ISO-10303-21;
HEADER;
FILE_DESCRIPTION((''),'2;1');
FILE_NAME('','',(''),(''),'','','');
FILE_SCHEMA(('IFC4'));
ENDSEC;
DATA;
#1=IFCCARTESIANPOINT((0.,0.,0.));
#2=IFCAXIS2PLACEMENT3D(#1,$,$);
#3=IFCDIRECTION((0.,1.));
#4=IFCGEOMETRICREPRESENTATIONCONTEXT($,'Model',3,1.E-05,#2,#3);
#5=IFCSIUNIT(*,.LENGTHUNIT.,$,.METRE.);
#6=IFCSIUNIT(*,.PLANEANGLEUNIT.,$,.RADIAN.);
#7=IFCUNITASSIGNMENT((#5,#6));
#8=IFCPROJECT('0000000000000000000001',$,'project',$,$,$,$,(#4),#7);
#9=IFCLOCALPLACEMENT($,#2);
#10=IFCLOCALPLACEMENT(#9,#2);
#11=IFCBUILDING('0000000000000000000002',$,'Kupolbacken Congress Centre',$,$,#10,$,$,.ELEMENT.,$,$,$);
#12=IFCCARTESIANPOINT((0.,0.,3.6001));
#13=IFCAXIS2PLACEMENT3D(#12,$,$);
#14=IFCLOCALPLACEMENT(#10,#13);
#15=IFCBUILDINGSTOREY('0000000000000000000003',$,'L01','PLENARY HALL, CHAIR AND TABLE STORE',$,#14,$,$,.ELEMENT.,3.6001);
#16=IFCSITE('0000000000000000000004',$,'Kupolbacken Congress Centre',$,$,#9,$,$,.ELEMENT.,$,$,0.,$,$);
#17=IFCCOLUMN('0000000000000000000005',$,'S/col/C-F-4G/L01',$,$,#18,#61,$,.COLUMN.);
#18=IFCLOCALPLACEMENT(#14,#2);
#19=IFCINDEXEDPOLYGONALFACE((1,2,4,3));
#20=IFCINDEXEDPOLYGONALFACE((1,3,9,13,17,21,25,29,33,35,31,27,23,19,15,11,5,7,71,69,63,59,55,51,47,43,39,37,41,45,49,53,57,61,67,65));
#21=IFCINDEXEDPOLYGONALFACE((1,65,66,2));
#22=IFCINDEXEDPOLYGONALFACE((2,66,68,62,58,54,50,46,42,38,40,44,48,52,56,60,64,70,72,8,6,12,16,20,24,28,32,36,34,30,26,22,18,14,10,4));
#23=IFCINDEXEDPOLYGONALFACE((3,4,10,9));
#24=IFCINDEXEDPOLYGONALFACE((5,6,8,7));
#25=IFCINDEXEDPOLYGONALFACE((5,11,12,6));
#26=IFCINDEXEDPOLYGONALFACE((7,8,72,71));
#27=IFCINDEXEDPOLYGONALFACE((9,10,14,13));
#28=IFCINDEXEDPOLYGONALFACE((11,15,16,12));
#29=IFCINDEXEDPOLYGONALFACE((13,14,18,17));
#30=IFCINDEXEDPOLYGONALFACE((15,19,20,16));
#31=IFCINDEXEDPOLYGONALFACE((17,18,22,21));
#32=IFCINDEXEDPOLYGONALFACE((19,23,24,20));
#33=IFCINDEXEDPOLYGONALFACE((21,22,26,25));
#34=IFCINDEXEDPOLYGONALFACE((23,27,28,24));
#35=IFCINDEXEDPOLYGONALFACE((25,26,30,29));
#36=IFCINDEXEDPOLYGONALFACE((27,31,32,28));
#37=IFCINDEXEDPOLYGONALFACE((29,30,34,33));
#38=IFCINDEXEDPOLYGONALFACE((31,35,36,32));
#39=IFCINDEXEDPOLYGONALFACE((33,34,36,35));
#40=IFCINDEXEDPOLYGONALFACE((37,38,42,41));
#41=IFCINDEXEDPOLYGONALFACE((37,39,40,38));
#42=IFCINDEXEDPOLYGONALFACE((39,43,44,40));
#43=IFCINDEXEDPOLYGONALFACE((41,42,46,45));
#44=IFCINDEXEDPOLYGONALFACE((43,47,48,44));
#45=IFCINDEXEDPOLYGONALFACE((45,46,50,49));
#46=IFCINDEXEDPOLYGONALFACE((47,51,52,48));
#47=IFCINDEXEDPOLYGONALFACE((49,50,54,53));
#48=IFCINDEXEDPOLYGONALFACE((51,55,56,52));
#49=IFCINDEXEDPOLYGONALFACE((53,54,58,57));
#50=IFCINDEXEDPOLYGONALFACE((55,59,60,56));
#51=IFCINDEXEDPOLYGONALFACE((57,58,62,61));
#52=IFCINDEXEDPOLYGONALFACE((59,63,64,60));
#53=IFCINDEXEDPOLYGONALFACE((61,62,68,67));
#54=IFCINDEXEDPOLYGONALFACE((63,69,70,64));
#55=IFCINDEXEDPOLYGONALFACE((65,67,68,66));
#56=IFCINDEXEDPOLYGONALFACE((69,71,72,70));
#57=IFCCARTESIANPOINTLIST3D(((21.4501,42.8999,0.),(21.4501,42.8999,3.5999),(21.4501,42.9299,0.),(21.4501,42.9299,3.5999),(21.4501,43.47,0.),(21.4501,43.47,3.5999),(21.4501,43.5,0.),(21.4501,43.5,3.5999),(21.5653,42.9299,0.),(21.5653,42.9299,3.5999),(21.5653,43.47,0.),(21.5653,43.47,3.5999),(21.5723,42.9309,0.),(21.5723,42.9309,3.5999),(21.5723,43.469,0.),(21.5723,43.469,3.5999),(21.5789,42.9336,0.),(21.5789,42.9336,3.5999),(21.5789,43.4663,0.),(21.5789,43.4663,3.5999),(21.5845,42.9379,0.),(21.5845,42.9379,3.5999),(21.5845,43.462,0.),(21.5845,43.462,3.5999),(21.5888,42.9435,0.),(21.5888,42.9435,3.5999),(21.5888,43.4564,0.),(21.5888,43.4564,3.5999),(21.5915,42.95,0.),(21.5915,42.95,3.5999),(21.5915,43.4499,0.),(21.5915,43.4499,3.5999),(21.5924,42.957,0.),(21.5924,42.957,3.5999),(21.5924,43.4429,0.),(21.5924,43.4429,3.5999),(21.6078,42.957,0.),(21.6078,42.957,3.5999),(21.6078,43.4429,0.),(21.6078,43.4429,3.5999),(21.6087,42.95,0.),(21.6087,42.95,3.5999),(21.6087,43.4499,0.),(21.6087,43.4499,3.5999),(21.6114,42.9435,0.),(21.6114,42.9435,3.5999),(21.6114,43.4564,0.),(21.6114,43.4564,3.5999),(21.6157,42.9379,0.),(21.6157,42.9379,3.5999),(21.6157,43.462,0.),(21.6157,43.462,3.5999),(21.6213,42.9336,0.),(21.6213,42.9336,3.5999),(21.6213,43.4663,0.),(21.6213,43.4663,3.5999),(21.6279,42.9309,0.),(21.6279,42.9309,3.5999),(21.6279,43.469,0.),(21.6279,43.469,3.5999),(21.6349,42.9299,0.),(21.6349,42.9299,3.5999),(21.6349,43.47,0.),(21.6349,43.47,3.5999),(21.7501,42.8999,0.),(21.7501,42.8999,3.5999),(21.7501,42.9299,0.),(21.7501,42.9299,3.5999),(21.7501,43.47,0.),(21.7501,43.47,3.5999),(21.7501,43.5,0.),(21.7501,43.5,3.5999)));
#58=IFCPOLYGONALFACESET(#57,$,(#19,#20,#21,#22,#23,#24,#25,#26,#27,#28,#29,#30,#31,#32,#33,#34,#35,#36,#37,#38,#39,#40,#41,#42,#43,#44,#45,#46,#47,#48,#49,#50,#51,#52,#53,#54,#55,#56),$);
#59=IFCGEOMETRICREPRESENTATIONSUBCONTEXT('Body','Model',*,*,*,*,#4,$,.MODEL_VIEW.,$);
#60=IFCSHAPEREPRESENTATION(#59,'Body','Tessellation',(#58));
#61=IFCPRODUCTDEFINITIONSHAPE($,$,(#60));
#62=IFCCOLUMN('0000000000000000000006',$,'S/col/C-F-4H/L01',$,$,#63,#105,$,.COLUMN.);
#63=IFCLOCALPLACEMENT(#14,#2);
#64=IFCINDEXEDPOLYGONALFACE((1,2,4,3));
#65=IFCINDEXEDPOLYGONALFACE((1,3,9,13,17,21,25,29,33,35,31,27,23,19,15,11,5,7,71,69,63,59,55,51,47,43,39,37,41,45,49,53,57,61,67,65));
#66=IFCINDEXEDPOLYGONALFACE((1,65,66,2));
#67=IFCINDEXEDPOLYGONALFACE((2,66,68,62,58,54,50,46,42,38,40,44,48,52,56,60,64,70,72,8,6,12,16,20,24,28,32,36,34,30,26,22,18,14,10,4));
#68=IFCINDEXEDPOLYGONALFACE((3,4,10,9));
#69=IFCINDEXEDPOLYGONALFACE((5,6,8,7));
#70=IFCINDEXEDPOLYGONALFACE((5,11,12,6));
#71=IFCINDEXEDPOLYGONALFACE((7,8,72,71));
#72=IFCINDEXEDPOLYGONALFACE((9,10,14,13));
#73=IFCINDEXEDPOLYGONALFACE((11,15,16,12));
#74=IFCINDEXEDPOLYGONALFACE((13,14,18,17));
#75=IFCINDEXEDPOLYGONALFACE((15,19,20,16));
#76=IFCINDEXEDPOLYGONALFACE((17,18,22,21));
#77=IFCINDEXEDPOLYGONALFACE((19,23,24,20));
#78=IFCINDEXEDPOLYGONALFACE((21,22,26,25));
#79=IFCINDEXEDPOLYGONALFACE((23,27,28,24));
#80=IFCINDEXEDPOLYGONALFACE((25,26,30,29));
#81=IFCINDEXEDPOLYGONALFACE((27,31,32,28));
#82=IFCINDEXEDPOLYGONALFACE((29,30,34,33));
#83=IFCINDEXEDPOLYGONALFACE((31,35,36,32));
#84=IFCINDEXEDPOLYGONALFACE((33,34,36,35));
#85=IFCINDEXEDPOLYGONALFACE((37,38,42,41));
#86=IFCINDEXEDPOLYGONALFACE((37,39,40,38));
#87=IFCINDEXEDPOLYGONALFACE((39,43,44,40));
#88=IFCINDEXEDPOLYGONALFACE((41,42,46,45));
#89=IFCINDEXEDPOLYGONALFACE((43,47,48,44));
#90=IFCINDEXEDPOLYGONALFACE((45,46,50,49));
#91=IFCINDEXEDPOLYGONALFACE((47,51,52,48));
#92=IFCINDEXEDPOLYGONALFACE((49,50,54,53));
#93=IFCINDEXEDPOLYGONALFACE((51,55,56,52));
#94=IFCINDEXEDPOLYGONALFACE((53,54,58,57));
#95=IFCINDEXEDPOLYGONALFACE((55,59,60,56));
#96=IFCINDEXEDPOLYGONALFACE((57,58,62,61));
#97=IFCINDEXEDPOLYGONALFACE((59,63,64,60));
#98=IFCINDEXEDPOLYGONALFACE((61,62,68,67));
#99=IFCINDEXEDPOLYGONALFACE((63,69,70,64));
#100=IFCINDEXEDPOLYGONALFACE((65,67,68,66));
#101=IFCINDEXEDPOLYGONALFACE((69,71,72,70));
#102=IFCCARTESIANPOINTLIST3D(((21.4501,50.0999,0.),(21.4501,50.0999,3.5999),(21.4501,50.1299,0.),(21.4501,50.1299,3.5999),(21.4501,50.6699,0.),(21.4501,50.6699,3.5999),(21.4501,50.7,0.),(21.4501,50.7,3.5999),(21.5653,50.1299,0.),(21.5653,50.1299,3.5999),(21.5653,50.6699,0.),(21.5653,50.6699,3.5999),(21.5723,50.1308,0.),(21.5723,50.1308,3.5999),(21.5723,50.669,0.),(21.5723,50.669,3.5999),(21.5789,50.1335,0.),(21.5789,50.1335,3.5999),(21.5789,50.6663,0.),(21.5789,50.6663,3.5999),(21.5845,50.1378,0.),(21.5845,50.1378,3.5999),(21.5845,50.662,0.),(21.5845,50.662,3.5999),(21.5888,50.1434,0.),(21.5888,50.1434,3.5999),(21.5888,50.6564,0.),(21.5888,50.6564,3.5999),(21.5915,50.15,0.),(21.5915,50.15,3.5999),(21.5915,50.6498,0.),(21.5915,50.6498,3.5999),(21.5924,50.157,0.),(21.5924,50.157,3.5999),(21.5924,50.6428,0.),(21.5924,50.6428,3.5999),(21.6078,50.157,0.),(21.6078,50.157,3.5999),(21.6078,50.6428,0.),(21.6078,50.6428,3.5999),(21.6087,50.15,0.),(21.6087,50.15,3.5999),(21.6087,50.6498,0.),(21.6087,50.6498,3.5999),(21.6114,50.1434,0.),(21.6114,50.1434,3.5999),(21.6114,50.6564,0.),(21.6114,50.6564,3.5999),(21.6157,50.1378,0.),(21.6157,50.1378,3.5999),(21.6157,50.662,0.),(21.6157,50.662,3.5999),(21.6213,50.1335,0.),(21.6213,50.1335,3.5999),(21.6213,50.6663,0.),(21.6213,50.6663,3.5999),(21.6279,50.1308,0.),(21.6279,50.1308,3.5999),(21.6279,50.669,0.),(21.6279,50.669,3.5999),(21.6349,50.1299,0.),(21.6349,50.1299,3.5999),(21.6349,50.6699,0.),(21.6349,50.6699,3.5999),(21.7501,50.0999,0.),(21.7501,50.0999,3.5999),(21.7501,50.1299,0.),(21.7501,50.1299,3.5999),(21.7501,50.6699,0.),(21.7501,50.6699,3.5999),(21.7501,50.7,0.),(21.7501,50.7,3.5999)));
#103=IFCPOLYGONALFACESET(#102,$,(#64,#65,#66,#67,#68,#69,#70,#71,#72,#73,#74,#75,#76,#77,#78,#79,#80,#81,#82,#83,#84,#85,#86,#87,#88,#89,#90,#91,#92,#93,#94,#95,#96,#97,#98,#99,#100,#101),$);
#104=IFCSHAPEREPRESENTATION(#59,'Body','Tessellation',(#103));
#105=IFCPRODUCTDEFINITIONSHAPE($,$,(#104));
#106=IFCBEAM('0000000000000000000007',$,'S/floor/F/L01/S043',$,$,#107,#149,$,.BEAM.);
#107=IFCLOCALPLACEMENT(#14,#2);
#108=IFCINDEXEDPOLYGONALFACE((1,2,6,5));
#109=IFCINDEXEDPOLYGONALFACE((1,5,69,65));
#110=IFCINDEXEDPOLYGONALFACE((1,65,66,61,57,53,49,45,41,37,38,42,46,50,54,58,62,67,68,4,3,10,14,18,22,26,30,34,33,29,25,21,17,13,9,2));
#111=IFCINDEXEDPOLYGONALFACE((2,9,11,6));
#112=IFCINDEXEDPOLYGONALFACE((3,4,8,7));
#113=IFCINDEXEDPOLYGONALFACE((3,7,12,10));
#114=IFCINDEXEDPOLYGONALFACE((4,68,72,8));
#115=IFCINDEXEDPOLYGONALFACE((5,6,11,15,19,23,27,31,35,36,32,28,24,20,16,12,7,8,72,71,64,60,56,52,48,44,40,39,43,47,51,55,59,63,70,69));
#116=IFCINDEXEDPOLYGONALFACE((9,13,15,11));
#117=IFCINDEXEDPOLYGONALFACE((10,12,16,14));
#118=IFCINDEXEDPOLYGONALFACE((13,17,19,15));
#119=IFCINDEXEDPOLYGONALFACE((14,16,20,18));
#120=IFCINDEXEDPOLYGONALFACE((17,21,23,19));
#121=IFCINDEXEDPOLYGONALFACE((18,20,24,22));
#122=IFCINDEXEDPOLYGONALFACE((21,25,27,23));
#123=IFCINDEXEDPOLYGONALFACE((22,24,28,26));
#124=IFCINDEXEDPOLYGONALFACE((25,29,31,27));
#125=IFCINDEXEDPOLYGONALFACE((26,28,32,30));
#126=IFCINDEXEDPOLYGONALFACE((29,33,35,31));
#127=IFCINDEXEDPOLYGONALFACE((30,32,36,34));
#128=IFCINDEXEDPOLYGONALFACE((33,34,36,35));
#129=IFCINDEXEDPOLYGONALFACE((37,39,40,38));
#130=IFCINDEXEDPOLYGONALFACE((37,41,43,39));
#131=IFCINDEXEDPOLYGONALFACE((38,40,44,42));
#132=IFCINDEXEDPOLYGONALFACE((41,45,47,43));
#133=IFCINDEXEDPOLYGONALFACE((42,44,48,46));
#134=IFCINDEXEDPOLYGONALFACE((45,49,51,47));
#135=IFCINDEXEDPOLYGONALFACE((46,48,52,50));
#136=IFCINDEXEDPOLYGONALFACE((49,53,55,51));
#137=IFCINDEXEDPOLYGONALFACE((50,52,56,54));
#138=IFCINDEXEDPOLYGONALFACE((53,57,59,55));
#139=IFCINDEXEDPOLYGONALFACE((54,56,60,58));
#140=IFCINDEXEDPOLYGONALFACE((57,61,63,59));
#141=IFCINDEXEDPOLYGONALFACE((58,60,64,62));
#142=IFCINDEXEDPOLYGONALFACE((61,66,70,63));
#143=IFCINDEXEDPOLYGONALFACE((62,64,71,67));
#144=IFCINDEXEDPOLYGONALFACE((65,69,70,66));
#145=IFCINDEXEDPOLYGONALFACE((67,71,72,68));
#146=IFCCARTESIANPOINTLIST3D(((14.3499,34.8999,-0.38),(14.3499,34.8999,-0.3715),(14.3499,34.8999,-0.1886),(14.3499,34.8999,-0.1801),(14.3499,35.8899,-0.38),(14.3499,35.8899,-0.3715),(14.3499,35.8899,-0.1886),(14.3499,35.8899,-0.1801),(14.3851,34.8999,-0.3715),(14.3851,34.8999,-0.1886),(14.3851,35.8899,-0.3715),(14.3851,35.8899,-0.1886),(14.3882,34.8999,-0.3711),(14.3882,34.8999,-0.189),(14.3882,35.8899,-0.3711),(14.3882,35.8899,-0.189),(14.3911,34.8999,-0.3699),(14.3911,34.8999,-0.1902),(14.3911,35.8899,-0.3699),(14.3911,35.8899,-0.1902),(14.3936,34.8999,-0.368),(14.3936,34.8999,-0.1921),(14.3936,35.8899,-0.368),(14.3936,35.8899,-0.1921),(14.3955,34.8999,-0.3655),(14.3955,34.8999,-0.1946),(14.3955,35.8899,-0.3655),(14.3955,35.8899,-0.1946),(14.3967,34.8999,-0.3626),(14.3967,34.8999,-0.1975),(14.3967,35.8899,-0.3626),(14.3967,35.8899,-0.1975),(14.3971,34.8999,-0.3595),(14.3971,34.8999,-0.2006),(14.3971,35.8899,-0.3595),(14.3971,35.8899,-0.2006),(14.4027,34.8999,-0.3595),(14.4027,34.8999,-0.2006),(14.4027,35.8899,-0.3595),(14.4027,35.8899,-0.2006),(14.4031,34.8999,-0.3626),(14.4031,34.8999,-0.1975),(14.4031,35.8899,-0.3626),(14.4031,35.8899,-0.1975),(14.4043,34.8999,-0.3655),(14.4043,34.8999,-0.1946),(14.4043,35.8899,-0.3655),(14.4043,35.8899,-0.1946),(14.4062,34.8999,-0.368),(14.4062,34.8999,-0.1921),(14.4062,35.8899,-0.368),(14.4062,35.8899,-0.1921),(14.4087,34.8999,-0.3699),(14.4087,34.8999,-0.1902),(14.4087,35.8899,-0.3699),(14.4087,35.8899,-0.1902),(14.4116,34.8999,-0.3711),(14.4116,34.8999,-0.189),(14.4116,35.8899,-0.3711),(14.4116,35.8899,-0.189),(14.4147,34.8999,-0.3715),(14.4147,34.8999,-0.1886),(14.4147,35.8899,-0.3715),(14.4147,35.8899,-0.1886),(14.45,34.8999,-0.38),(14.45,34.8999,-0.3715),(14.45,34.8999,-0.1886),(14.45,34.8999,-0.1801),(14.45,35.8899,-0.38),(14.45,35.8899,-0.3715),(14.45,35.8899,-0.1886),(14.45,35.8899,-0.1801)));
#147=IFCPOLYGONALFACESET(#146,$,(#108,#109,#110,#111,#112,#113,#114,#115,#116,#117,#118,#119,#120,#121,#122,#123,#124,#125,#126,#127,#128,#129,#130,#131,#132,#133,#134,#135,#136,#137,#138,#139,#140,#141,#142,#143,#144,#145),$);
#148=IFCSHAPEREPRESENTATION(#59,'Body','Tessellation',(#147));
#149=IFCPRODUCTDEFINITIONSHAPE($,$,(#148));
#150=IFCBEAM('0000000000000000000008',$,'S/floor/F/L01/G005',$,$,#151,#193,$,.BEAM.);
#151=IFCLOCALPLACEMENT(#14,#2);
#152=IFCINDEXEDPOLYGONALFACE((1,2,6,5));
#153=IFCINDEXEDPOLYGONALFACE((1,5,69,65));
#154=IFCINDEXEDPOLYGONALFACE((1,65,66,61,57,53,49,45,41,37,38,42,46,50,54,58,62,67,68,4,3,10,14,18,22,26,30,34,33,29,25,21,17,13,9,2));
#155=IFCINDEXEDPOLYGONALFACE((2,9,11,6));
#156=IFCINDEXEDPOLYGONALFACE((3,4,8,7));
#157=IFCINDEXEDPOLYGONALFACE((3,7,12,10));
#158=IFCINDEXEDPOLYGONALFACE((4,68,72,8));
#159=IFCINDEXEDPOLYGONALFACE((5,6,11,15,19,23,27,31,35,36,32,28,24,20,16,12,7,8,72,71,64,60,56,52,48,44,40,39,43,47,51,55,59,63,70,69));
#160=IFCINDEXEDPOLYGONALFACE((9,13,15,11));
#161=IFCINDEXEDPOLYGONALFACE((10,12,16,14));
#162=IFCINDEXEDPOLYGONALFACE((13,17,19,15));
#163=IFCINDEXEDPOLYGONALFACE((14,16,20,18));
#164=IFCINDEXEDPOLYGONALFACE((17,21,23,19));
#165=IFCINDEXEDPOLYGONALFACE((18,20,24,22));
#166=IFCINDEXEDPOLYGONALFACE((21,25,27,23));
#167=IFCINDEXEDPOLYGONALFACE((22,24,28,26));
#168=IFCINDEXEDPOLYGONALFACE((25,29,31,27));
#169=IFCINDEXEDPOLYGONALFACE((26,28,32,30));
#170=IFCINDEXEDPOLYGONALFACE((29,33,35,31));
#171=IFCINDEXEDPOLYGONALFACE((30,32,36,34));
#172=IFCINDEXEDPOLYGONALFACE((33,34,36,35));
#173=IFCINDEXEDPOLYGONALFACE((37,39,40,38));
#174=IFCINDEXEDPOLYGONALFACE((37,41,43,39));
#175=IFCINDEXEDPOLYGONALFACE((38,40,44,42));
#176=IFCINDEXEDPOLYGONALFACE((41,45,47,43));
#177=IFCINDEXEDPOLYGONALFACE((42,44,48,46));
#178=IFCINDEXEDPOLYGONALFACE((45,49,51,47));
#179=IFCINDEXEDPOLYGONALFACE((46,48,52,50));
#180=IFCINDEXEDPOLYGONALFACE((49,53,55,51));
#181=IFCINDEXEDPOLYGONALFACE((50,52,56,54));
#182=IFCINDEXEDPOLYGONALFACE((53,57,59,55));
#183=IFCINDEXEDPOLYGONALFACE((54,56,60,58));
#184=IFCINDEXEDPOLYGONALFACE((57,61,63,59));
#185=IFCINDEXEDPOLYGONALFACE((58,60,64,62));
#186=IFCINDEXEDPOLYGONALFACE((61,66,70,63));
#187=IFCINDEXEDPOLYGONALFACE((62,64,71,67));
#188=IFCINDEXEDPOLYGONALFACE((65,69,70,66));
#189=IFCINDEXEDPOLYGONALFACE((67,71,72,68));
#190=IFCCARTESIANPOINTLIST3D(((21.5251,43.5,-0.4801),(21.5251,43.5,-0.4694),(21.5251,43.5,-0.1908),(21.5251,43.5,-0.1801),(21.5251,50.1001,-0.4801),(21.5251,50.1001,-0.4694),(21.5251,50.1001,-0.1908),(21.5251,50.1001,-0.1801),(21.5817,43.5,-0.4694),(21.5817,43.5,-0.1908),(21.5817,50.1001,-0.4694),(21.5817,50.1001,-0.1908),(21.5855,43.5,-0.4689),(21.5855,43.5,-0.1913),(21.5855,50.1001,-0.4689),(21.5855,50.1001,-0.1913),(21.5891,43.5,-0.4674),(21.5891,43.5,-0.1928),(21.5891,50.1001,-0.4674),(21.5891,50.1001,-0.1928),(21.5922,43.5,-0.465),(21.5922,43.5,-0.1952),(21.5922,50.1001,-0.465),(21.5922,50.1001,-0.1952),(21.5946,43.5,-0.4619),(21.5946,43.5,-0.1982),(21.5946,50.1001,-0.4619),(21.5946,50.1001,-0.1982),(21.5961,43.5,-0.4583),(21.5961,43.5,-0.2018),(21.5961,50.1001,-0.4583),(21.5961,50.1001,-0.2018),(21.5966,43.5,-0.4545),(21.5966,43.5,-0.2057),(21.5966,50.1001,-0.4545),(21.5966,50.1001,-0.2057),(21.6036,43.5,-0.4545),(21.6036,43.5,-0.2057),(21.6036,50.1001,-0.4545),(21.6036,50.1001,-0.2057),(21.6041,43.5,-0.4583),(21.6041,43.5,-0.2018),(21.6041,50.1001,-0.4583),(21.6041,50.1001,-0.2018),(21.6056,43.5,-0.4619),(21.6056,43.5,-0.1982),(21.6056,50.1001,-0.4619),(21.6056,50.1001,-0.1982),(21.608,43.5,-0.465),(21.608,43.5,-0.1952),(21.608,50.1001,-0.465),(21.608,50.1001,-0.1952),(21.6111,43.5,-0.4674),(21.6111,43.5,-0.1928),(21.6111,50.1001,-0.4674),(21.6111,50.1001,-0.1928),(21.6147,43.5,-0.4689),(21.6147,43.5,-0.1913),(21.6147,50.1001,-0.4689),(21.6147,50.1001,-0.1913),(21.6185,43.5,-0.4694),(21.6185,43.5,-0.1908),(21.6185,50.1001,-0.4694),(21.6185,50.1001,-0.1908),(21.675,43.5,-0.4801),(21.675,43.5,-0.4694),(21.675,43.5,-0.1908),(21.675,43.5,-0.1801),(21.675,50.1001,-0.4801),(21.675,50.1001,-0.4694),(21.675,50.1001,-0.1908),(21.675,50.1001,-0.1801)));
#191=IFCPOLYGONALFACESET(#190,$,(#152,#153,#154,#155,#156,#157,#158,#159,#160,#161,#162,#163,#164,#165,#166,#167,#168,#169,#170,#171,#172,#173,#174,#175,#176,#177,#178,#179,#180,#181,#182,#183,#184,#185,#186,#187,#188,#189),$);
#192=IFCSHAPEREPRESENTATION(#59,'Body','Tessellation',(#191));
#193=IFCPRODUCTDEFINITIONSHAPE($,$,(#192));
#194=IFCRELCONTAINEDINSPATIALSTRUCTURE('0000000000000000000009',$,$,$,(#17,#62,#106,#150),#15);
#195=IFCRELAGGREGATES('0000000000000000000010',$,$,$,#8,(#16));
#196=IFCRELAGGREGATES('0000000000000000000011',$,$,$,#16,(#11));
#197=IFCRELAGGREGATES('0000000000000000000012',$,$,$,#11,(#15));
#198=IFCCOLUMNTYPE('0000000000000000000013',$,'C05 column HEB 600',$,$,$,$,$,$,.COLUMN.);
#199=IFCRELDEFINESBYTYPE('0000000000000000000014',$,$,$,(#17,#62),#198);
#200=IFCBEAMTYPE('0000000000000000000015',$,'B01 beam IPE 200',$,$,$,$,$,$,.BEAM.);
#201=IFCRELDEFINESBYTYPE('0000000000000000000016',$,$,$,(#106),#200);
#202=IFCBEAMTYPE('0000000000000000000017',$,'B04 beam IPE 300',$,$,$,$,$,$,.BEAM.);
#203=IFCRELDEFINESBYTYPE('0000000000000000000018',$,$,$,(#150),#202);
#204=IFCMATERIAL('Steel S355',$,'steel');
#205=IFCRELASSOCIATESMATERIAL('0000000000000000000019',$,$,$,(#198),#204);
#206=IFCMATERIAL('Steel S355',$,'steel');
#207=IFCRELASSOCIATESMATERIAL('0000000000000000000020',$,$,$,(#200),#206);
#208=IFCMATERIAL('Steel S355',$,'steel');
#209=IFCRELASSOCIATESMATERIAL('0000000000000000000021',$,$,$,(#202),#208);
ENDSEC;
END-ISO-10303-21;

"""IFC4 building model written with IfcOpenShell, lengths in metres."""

from ifc_helpers import new_model, si_unit, direction, frame, origin, origin_2d, place, context, subcontext, project, spatial, i_section, extrude, material, material_profile, profile_set, type_object, element, save


model = new_model("IFC4")

# Units and contexts
model_context = context("Model", 3, precision=1e-05, world=origin(), true_north=direction((0.0, 1.0)))
body_context = subcontext(model_context, "Body", "Model", "MODEL_VIEW")
ifc_project = project(units=[si_unit("LENGTHUNIT", "METRE"), si_unit("PLANEANGLEUNIT", "RADIAN")], contexts=[model_context])

# Site, building, storey
site_placement = place(None, origin())
site = spatial("IfcSite", under=ifc_project, at=site_placement, Name="Kupolbacken Congress Centre", CompositionType="ELEMENT", RefElevation=0.0)
building_placement = place(site_placement, origin())
building = spatial("IfcBuilding", under=site, at=building_placement, Name="Kupolbacken Congress Centre", CompositionType="ELEMENT")
storey_placement = place(building_placement, frame((0.0, 0.0, 3.6001)))
storey = spatial("IfcBuildingStorey", under=building, at=storey_placement, Name="L01", Description="PLENARY HALL, CHAIR AND TABLE STORE", CompositionType="ELEMENT", Elevation=3.6001)

# Columns
ifc_material_1 = material(Name="Steel S355", Category="steel")
ifc_material_profile_1 = material_profile(ifc_material_1, i_section(OverallWidth=0.3, OverallDepth=0.6001, WebThickness=0.0154, FlangeThickness=0.03, FilletRadius=0.0271, at=origin_2d()), Name="HEB 600")
ifc_profile_set_1 = profile_set([ifc_material_profile_1], Name="Steel S355")
column_type = type_object("IfcColumnType", Name="C05 column HEB 600", PredefinedType="COLUMN", material=ifc_profile_set_1)
for number, where, z_axis, x_axis, name in (
    (1, (21.6001, 43.2, 0.0), (0.0, 0.0, 1.0), (1.0, 0.0, 0.0), "S/col/C-F-4G/L01"),
    (2, (21.6001, 50.3999, 0.0), (0.0, 0.0, 1.0), (1.0, 0.0, 0.0), "S/col/C-F-4H/L01"),
):
    element("IfcColumn", number, at=place(storey_placement, frame(where, z_axis=z_axis, x_axis=x_axis)), inside=storey, type_object=column_type, Name=name, PredefinedType="COLUMN", context=body_context, shape_type="SweptSolid", body=[
        extrude(i_section(OverallWidth=0.3, OverallDepth=0.6001, WebThickness=0.0154, FlangeThickness=0.03, FilletRadius=0.0271, at=origin_2d()), origin(), (0.0, 0.0, 1.0), 3.5999),
    ])

# Beams
ifc_material_2 = material(Name="Steel S355", Category="steel")
ifc_material_profile_2 = material_profile(ifc_material_2, i_section(OverallWidth=0.1001, OverallDepth=0.2, WebThickness=0.0056, FlangeThickness=0.0085, FilletRadius=0.012, at=origin_2d()), Name="IPE 200")
ifc_profile_set_2 = profile_set([ifc_material_profile_2], Name="Steel S355")
beam_type_1 = type_object("IfcBeamType", Name="B01 beam IPE 200", PredefinedType="BEAM", material=ifc_profile_set_2)
beam_1_placement = place(storey_placement, frame((14.3999, 34.8999, -0.28), z_axis=(0.0, 1.0, 0.0), x_axis=(-1.0, 0.0, 0.0)))
element("IfcBeam", 3, at=beam_1_placement, inside=storey, type_object=beam_type_1, Name="S/floor/F/L01/S043", PredefinedType="BEAM", context=body_context, shape_type="SweptSolid", body=[
    extrude(i_section(OverallWidth=0.1001, OverallDepth=0.2, WebThickness=0.0056, FlangeThickness=0.0085, FilletRadius=0.012, at=origin_2d()), origin(), (0.0, 0.0, 1.0), 0.99),
])
ifc_material_3 = material(Name="Steel S355", Category="steel")
ifc_material_profile_3 = material_profile(ifc_material_3, i_section(OverallWidth=0.1499, OverallDepth=0.3, WebThickness=0.0071, FlangeThickness=0.0107, FilletRadius=0.0149, at=origin_2d()), Name="IPE 300")
ifc_profile_set_3 = profile_set([ifc_material_profile_3], Name="Steel S355")
beam_type_2 = type_object("IfcBeamType", Name="B04 beam IPE 300", PredefinedType="BEAM", material=ifc_profile_set_3)
beam_2_placement = place(storey_placement, frame((21.6001, 43.5, -0.3301), z_axis=(0.0, 1.0, 0.0), x_axis=(-1.0, 0.0, 0.0)))
element("IfcBeam", 4, at=beam_2_placement, inside=storey, type_object=beam_type_2, Name="S/floor/F/L01/G005", PredefinedType="BEAM", context=body_context, shape_type="SweptSolid", body=[
    extrude(i_section(OverallWidth=0.1499, OverallDepth=0.3, WebThickness=0.0071, FlangeThickness=0.0107, FilletRadius=0.0149, at=origin_2d()), origin(), (0.0, 0.0, 1.0), 6.6001),
])

save(model, "model.ifc")
